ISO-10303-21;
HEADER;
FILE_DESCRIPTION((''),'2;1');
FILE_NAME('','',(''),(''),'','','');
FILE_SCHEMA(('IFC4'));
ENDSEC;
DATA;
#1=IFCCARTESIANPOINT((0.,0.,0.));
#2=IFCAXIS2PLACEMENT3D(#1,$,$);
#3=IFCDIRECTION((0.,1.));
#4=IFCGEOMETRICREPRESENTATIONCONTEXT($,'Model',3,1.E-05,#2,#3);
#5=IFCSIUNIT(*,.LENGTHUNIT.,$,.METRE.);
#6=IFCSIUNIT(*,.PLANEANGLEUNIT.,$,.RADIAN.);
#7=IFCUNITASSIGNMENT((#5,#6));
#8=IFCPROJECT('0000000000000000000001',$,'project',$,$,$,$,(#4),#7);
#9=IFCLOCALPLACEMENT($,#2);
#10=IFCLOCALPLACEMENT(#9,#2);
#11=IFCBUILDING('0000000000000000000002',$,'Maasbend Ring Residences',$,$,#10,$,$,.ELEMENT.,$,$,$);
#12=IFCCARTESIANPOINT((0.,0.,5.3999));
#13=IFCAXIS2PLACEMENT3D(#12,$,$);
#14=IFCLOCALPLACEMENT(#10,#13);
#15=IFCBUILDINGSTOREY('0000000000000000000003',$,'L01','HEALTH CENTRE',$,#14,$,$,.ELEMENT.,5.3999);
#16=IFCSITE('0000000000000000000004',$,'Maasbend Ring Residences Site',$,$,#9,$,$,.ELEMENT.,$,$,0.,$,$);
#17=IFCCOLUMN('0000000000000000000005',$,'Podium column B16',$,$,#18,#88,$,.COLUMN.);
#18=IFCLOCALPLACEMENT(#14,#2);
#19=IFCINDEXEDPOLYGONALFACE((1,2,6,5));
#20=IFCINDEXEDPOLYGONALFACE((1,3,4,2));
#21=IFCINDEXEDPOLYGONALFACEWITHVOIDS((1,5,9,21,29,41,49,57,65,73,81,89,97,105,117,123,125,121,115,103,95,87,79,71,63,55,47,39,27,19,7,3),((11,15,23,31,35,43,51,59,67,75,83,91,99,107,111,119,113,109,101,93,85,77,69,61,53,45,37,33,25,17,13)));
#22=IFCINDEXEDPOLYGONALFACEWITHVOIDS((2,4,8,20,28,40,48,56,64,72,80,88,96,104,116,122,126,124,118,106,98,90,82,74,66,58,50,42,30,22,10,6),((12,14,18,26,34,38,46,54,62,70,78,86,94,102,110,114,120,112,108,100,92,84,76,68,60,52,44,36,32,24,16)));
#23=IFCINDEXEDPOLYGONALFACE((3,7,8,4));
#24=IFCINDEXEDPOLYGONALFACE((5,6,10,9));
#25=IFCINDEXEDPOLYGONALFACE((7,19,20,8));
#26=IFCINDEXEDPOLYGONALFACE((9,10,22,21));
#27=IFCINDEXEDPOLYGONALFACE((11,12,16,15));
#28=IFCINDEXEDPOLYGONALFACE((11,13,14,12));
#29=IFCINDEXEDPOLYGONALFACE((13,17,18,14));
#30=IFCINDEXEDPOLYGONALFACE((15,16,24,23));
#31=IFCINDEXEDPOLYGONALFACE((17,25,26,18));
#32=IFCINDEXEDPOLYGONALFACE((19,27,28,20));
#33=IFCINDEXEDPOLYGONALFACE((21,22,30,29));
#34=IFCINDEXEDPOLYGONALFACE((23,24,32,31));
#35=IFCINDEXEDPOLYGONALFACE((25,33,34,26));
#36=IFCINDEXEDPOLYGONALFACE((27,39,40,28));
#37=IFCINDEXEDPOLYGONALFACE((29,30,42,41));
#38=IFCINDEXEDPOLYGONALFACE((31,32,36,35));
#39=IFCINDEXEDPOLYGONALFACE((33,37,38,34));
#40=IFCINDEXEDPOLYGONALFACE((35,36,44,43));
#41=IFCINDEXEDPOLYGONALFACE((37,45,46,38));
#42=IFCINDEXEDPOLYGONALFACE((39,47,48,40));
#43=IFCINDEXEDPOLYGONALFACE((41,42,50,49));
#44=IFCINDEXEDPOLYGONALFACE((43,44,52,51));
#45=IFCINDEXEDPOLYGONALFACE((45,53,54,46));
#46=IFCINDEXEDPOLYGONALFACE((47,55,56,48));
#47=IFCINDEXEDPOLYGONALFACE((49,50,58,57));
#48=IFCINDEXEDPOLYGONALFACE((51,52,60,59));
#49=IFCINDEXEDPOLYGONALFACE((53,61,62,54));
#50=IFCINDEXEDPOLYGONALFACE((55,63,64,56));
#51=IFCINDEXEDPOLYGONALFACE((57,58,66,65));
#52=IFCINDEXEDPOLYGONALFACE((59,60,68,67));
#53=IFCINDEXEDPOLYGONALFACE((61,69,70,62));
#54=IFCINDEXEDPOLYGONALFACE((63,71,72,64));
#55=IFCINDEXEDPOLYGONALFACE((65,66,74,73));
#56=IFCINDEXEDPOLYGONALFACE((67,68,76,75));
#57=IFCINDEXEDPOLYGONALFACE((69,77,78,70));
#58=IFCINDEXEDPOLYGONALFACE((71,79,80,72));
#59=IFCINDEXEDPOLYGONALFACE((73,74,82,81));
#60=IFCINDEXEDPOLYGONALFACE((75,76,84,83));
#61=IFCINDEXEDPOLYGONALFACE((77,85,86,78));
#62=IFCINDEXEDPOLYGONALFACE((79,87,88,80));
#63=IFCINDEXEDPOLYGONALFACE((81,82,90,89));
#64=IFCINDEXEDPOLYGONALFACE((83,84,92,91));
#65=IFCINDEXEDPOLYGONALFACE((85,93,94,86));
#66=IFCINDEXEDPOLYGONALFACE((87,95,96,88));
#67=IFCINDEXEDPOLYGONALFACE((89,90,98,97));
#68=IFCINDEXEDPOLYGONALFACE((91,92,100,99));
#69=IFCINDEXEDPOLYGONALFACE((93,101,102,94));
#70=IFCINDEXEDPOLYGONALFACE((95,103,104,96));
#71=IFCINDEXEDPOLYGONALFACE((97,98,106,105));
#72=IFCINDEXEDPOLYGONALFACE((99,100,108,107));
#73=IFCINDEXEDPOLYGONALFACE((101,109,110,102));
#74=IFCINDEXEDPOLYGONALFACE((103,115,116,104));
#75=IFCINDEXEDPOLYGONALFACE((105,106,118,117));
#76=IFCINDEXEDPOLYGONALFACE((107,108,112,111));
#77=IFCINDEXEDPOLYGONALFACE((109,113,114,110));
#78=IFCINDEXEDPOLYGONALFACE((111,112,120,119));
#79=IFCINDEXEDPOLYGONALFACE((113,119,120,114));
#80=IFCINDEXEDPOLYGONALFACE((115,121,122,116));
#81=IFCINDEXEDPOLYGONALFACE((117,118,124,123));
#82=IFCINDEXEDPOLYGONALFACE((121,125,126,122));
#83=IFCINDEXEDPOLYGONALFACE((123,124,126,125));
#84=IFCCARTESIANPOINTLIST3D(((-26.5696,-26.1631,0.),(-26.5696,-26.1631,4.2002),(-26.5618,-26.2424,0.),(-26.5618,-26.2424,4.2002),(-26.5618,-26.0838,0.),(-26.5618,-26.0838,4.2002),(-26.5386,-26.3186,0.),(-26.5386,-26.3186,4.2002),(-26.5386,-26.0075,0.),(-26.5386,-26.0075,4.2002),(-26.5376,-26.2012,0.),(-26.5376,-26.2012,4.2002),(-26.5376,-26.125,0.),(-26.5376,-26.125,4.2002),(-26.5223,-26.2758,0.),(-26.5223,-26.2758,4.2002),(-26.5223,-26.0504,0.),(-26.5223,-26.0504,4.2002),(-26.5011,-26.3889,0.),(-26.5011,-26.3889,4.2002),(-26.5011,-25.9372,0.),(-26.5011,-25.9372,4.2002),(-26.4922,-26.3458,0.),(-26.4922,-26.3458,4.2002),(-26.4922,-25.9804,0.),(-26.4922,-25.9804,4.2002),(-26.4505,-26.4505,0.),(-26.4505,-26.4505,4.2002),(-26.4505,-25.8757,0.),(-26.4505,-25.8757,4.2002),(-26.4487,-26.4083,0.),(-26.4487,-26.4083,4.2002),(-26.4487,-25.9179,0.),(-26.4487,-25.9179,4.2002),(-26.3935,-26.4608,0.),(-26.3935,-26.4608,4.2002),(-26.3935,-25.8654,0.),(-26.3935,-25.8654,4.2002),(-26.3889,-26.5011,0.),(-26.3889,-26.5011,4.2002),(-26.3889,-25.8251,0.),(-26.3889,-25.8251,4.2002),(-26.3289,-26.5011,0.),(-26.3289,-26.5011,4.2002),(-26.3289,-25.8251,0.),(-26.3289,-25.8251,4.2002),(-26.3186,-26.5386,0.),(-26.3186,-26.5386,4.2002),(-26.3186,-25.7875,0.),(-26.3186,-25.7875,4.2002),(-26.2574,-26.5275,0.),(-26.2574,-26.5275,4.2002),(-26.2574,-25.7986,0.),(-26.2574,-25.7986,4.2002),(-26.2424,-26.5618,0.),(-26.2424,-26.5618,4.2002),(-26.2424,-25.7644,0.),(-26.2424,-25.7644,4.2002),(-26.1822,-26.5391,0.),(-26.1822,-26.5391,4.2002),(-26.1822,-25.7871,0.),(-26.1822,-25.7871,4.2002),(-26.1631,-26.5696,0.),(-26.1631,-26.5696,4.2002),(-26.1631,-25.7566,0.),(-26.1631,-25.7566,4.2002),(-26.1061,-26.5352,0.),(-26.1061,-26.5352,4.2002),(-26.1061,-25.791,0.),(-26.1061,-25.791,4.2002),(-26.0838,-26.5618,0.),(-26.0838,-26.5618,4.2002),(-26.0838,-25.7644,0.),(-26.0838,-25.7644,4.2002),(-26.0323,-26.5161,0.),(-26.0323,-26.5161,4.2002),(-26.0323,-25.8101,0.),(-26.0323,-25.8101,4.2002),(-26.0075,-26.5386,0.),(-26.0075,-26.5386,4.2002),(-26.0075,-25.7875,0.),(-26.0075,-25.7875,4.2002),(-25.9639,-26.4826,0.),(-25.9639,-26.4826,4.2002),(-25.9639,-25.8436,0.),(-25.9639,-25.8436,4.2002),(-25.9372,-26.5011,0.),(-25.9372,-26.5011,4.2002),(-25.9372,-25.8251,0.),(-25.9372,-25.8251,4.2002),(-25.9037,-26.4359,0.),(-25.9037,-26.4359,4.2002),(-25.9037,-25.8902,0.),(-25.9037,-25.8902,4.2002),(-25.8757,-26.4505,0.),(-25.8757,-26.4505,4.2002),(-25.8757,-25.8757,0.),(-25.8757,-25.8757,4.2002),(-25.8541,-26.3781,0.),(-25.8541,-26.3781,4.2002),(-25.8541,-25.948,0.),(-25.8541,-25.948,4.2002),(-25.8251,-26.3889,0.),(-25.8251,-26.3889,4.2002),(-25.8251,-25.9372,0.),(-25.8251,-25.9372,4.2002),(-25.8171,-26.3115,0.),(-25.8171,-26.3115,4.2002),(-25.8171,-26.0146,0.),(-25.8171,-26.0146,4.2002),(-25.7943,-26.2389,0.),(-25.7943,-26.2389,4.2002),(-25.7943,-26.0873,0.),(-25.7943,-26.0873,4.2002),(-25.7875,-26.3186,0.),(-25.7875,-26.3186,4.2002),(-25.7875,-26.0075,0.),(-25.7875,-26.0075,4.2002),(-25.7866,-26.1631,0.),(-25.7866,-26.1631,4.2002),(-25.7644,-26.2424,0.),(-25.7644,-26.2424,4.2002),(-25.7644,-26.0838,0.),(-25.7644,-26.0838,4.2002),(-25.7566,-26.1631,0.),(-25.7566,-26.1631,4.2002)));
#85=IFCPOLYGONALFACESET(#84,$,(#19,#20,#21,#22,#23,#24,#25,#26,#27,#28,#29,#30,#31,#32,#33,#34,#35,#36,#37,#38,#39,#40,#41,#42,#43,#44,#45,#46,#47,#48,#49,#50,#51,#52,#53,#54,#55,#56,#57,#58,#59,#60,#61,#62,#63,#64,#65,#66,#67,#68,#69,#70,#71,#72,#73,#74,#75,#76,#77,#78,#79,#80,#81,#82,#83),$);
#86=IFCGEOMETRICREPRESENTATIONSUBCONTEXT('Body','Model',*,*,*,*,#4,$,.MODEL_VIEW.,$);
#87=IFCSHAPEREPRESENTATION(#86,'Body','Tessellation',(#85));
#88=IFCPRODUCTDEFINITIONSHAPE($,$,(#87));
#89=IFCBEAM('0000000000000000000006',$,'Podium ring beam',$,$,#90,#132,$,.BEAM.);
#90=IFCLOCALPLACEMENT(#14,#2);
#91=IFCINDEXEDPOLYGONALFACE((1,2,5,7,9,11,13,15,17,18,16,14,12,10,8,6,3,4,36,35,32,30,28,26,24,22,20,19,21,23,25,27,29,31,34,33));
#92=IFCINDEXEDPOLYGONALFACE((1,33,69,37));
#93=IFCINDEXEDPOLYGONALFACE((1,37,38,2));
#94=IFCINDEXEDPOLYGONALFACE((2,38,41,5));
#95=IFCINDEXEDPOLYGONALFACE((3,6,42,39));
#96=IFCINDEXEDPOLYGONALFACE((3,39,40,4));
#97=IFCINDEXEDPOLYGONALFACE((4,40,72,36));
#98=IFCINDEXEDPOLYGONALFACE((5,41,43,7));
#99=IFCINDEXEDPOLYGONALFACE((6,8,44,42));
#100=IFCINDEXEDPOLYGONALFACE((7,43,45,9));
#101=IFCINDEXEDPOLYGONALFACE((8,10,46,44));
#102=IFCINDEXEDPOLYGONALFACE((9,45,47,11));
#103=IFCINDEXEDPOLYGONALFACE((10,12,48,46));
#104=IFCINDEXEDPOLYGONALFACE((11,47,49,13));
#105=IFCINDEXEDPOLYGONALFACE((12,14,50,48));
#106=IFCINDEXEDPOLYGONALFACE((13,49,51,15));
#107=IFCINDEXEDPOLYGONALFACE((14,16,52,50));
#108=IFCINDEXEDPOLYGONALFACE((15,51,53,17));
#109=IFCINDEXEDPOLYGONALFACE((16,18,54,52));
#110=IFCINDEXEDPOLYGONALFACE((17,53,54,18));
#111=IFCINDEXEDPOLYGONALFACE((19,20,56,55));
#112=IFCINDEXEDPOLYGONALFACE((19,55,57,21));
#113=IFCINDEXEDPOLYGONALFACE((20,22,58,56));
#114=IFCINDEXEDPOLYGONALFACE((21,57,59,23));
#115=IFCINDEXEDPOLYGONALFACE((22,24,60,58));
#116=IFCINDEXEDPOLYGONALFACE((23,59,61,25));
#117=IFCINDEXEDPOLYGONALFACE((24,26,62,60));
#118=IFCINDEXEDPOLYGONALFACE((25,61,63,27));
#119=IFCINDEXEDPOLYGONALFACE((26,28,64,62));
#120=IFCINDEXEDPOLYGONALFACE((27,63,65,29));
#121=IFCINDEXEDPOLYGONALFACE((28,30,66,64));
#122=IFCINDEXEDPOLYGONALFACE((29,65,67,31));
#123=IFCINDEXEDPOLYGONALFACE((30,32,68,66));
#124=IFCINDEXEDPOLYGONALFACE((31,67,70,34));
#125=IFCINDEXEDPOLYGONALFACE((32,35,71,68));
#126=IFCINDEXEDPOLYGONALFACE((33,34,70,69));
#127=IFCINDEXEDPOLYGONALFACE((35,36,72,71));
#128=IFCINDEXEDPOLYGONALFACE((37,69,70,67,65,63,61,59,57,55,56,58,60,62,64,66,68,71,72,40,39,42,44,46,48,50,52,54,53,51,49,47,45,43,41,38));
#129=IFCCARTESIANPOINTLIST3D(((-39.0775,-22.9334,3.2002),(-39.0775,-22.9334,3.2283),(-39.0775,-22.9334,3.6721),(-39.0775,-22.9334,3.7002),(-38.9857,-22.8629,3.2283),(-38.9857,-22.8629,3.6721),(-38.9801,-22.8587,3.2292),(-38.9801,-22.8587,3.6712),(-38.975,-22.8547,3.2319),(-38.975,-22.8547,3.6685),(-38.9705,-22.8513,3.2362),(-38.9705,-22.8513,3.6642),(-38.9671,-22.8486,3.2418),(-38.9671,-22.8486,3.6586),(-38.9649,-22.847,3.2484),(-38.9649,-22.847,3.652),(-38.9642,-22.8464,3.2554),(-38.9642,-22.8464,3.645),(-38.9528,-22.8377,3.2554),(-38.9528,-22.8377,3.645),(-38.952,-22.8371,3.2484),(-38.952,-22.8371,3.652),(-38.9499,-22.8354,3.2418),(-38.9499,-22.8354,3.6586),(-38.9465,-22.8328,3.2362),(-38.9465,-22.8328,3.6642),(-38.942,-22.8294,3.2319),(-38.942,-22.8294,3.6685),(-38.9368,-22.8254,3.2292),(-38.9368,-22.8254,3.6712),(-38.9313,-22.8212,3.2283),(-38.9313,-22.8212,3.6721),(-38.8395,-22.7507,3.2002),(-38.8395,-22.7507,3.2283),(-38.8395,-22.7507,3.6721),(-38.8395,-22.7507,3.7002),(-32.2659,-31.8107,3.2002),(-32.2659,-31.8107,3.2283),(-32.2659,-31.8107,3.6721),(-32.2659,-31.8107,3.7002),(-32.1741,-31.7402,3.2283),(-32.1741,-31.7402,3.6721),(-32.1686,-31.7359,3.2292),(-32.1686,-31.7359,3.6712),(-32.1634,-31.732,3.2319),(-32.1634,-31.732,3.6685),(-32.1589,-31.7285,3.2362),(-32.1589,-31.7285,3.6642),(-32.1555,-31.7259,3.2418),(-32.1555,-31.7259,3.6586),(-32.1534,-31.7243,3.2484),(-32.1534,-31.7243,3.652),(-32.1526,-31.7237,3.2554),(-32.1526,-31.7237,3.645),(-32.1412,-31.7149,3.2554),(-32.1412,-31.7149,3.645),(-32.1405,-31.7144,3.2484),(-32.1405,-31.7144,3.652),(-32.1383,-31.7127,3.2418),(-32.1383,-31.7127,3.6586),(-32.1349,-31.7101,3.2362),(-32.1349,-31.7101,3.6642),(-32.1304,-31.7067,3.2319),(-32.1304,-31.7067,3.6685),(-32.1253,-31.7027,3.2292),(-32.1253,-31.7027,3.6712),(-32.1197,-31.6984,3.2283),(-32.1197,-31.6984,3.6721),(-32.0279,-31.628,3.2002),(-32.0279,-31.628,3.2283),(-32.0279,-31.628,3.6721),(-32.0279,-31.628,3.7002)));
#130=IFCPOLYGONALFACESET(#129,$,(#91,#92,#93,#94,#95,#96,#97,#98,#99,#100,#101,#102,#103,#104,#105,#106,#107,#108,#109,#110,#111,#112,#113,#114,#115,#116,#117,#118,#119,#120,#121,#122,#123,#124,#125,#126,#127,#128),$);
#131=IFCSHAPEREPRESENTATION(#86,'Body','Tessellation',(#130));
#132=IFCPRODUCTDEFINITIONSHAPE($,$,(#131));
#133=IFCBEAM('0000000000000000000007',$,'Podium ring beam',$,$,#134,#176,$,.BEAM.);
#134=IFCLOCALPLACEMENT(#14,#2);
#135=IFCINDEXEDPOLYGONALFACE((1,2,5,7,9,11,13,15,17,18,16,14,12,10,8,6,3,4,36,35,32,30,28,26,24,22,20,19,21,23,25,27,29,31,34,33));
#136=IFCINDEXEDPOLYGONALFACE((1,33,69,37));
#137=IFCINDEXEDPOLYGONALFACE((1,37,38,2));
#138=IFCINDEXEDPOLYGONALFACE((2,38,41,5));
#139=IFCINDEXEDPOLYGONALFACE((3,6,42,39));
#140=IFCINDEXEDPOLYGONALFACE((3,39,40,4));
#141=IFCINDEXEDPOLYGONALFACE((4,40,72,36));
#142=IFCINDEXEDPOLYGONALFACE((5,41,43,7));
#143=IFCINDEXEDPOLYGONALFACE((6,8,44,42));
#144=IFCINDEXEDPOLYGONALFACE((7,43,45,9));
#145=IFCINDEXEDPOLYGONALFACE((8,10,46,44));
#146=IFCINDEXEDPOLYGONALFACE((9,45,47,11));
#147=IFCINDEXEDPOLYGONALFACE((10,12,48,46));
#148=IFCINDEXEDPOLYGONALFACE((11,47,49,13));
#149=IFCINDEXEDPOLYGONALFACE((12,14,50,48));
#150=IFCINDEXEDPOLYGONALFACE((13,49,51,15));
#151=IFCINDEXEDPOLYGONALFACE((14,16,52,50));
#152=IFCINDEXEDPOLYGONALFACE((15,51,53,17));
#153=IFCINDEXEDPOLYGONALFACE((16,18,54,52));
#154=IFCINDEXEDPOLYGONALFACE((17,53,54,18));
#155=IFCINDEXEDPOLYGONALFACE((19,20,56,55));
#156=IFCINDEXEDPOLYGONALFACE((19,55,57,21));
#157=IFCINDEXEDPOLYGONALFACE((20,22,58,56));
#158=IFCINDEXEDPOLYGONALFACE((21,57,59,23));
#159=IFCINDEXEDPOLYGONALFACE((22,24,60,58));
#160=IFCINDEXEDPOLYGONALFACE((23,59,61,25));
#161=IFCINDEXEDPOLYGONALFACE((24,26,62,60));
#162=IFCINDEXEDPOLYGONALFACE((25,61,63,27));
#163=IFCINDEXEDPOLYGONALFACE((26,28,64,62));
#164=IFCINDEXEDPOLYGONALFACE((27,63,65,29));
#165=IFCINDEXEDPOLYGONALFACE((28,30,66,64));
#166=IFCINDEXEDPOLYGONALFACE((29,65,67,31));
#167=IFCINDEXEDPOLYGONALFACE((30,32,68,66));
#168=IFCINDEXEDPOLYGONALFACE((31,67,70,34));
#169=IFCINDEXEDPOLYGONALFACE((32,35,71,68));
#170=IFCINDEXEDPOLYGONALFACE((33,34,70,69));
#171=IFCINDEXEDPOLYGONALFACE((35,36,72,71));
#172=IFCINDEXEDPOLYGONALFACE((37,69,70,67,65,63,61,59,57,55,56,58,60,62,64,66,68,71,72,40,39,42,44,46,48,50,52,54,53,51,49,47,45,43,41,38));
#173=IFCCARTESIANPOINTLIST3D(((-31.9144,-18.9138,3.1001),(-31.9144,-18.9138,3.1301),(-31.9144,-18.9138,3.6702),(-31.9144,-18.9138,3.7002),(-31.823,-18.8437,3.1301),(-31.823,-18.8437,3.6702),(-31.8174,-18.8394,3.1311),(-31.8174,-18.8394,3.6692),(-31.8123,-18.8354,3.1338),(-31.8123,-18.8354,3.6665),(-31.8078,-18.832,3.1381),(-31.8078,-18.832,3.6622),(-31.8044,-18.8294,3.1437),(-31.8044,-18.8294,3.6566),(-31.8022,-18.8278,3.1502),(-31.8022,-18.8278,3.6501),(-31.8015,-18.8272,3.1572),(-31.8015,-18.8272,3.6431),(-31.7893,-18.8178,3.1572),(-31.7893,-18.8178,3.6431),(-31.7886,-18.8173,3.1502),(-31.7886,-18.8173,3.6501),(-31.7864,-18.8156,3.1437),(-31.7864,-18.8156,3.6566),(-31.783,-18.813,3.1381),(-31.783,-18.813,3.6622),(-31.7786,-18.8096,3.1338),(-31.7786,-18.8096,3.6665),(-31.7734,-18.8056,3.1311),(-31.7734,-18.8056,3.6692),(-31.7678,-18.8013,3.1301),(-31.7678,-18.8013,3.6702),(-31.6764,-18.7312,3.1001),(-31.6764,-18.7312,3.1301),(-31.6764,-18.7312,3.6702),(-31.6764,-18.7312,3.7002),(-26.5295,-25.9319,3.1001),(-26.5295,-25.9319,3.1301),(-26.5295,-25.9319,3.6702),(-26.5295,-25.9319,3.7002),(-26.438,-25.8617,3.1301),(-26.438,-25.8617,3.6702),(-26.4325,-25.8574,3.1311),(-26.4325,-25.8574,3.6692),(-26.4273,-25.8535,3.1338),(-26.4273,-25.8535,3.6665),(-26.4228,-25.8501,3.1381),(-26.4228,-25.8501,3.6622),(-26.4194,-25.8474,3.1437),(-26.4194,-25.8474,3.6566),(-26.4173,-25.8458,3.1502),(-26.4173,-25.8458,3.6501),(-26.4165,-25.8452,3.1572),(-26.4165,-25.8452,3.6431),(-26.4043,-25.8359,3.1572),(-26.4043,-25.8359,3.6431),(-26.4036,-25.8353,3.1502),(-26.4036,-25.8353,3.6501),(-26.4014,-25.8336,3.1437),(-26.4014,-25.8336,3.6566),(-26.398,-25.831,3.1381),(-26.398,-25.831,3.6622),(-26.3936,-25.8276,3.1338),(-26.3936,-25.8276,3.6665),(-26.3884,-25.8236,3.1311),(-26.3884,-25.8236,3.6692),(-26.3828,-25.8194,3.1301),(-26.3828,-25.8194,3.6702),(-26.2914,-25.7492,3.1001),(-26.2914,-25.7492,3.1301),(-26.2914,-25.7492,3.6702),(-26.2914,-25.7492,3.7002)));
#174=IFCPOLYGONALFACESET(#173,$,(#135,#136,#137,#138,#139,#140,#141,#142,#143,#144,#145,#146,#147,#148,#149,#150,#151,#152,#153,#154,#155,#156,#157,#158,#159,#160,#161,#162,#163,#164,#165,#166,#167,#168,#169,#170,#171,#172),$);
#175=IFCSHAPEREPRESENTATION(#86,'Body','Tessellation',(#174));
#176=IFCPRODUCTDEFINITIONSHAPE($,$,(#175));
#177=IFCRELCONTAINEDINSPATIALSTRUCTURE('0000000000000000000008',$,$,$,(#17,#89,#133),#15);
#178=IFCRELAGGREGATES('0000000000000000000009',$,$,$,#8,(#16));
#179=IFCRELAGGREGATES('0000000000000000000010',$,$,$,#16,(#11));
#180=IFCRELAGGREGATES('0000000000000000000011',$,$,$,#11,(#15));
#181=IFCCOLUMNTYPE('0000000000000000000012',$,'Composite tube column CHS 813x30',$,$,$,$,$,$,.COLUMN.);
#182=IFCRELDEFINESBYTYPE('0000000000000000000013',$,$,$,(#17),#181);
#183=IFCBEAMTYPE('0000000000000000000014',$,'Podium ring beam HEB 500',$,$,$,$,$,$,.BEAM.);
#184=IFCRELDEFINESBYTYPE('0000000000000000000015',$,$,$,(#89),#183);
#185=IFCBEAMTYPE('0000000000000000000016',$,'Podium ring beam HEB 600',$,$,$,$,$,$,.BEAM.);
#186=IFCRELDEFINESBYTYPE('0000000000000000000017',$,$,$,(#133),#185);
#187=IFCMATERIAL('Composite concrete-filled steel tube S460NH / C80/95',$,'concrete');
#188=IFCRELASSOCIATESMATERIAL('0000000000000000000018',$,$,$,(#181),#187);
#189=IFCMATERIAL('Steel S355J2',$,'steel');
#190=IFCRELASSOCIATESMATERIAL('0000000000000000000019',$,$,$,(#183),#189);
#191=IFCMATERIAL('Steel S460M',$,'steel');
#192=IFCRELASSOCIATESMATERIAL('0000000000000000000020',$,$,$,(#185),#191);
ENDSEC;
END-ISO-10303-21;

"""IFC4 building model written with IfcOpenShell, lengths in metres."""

from ifc_helpers import new_model, si_unit, direction, frame, origin, origin_2d, place, context, subcontext, project, spatial, hollow_circle, i_section, extrude, material, material_profile, profile_set, type_object, element, save


model = new_model("IFC4")

# Units and contexts
model_context = context("Model", 3, precision=1e-05, world=origin(), true_north=direction((0.0, 1.0)))
body_context = subcontext(model_context, "Body", "Model", "MODEL_VIEW")
ifc_project = project(units=[si_unit("LENGTHUNIT", "METRE"), si_unit("PLANEANGLEUNIT", "RADIAN")], contexts=[model_context])

# Site, building, storey
site_placement = place(None, origin())
site = spatial("IfcSite", under=ifc_project, at=site_placement, Name="Maasbend Ring Residences Site", CompositionType="ELEMENT", RefElevation=0.0)
building_placement = place(site_placement, origin())
building = spatial("IfcBuilding", under=site, at=building_placement, Name="Maasbend Ring Residences", CompositionType="ELEMENT")
storey_placement = place(building_placement, frame((0.0, 0.0, 5.3999)))
storey = spatial("IfcBuildingStorey", under=building, at=storey_placement, Name="L01", Description="HEALTH CENTRE", CompositionType="ELEMENT", Elevation=5.3999)

# Column
ifc_material_1 = material(Name="Composite concrete-filled steel tube S460NH / C80/95", Category="concrete")
ifc_material_profile_1 = material_profile(ifc_material_1, hollow_circle(Radius=0.4065, WallThickness=0.03, at=origin_2d()), Name="Composite tube column CHS 813x30")
ifc_profile_set_1 = profile_set([ifc_material_profile_1], Name="Composite concrete-filled steel tube S460NH / C80/95")
column_type_1 = type_object("IfcColumnType", Name="Composite tube column CHS 813x30", PredefinedType="COLUMN", material=ifc_profile_set_1)
column_1_placement = place(storey_placement, frame((-26.1631, -26.1631, 0.0), z_axis=(0.0, 0.0, 1.0), x_axis=(1.0, 0.0, 0.0)))
element("IfcColumn", 1, at=column_1_placement, inside=storey, type_object=column_type_1, Name="Podium column B16", PredefinedType="COLUMN", context=body_context, shape_type="SweptSolid", body=[
    extrude(hollow_circle(Radius=0.4065, WallThickness=0.03, at=origin_2d()), origin(), (0.0, 0.0, 1.0), 4.2002),
])

# Beams
ifc_material_2 = material(Name="Steel S355J2", Category="steel")
ifc_material_profile_2 = material_profile(ifc_material_2, i_section(OverallWidth=0.3, OverallDepth=0.5, WebThickness=0.0144, FlangeThickness=0.0281, FilletRadius=0.0271, at=origin_2d()), Name="HEB 500")
ifc_profile_set_2 = profile_set([ifc_material_profile_2], Name="Steel S355J2")
beam_type_1 = type_object("IfcBeamType", Name="Podium ring beam HEB 500", PredefinedType="BEAM", material=ifc_profile_set_2)
beam_placement = place(storey_placement, frame((-38.9585, -22.842, 3.4502), z_axis=(0.608751, -0.793362, 0.0), x_axis=(0.793362, 0.608751, 0.0)))
element("IfcBeam", 2, at=beam_placement, inside=storey, type_object=beam_type_1, Name="Podium ring beam", PredefinedType="BEAM", context=body_context, shape_type="SweptSolid", body=[
    extrude(i_section(OverallWidth=0.3, OverallDepth=0.5, WebThickness=0.0144, FlangeThickness=0.0281, FilletRadius=0.0271, at=origin_2d()), origin(), (0.0, 0.0, 1.0), 11.1895),
])
ifc_material_3 = material(Name="Steel S460M", Category="steel")
ifc_material_profile_3 = material_profile(ifc_material_3, i_section(OverallWidth=0.3, OverallDepth=0.6001, WebThickness=0.0154, FlangeThickness=0.03, FilletRadius=0.0271, at=origin_2d()), Name="HEB 600")
ifc_profile_set_3 = profile_set([ifc_material_profile_3], Name="Steel S460M")
beam_type_2 = type_object("IfcBeamType", Name="Podium ring beam HEB 600", PredefinedType="BEAM", material=ifc_profile_set_3)
for number, where, z_axis, x_axis, name in (
    (3, (-31.7954, -18.8225, 3.4001), (0.608751, -0.793361, 0.0), (0.793361, 0.608751, 0.0), "Podium ring beam"),
):
    element("IfcBeam", number, at=place(storey_placement, frame(where, z_axis=z_axis, x_axis=x_axis)), inside=storey, type_object=beam_type_2, Name=name, PredefinedType="BEAM", context=body_context, shape_type="SweptSolid", body=[
        extrude(i_section(OverallWidth=0.3, OverallDepth=0.6001, WebThickness=0.0154, FlangeThickness=0.03, FilletRadius=0.0271, at=origin_2d()), origin(), (0.0, 0.0, 1.0), 8.8459),
    ])

save(model, "model.ifc")
